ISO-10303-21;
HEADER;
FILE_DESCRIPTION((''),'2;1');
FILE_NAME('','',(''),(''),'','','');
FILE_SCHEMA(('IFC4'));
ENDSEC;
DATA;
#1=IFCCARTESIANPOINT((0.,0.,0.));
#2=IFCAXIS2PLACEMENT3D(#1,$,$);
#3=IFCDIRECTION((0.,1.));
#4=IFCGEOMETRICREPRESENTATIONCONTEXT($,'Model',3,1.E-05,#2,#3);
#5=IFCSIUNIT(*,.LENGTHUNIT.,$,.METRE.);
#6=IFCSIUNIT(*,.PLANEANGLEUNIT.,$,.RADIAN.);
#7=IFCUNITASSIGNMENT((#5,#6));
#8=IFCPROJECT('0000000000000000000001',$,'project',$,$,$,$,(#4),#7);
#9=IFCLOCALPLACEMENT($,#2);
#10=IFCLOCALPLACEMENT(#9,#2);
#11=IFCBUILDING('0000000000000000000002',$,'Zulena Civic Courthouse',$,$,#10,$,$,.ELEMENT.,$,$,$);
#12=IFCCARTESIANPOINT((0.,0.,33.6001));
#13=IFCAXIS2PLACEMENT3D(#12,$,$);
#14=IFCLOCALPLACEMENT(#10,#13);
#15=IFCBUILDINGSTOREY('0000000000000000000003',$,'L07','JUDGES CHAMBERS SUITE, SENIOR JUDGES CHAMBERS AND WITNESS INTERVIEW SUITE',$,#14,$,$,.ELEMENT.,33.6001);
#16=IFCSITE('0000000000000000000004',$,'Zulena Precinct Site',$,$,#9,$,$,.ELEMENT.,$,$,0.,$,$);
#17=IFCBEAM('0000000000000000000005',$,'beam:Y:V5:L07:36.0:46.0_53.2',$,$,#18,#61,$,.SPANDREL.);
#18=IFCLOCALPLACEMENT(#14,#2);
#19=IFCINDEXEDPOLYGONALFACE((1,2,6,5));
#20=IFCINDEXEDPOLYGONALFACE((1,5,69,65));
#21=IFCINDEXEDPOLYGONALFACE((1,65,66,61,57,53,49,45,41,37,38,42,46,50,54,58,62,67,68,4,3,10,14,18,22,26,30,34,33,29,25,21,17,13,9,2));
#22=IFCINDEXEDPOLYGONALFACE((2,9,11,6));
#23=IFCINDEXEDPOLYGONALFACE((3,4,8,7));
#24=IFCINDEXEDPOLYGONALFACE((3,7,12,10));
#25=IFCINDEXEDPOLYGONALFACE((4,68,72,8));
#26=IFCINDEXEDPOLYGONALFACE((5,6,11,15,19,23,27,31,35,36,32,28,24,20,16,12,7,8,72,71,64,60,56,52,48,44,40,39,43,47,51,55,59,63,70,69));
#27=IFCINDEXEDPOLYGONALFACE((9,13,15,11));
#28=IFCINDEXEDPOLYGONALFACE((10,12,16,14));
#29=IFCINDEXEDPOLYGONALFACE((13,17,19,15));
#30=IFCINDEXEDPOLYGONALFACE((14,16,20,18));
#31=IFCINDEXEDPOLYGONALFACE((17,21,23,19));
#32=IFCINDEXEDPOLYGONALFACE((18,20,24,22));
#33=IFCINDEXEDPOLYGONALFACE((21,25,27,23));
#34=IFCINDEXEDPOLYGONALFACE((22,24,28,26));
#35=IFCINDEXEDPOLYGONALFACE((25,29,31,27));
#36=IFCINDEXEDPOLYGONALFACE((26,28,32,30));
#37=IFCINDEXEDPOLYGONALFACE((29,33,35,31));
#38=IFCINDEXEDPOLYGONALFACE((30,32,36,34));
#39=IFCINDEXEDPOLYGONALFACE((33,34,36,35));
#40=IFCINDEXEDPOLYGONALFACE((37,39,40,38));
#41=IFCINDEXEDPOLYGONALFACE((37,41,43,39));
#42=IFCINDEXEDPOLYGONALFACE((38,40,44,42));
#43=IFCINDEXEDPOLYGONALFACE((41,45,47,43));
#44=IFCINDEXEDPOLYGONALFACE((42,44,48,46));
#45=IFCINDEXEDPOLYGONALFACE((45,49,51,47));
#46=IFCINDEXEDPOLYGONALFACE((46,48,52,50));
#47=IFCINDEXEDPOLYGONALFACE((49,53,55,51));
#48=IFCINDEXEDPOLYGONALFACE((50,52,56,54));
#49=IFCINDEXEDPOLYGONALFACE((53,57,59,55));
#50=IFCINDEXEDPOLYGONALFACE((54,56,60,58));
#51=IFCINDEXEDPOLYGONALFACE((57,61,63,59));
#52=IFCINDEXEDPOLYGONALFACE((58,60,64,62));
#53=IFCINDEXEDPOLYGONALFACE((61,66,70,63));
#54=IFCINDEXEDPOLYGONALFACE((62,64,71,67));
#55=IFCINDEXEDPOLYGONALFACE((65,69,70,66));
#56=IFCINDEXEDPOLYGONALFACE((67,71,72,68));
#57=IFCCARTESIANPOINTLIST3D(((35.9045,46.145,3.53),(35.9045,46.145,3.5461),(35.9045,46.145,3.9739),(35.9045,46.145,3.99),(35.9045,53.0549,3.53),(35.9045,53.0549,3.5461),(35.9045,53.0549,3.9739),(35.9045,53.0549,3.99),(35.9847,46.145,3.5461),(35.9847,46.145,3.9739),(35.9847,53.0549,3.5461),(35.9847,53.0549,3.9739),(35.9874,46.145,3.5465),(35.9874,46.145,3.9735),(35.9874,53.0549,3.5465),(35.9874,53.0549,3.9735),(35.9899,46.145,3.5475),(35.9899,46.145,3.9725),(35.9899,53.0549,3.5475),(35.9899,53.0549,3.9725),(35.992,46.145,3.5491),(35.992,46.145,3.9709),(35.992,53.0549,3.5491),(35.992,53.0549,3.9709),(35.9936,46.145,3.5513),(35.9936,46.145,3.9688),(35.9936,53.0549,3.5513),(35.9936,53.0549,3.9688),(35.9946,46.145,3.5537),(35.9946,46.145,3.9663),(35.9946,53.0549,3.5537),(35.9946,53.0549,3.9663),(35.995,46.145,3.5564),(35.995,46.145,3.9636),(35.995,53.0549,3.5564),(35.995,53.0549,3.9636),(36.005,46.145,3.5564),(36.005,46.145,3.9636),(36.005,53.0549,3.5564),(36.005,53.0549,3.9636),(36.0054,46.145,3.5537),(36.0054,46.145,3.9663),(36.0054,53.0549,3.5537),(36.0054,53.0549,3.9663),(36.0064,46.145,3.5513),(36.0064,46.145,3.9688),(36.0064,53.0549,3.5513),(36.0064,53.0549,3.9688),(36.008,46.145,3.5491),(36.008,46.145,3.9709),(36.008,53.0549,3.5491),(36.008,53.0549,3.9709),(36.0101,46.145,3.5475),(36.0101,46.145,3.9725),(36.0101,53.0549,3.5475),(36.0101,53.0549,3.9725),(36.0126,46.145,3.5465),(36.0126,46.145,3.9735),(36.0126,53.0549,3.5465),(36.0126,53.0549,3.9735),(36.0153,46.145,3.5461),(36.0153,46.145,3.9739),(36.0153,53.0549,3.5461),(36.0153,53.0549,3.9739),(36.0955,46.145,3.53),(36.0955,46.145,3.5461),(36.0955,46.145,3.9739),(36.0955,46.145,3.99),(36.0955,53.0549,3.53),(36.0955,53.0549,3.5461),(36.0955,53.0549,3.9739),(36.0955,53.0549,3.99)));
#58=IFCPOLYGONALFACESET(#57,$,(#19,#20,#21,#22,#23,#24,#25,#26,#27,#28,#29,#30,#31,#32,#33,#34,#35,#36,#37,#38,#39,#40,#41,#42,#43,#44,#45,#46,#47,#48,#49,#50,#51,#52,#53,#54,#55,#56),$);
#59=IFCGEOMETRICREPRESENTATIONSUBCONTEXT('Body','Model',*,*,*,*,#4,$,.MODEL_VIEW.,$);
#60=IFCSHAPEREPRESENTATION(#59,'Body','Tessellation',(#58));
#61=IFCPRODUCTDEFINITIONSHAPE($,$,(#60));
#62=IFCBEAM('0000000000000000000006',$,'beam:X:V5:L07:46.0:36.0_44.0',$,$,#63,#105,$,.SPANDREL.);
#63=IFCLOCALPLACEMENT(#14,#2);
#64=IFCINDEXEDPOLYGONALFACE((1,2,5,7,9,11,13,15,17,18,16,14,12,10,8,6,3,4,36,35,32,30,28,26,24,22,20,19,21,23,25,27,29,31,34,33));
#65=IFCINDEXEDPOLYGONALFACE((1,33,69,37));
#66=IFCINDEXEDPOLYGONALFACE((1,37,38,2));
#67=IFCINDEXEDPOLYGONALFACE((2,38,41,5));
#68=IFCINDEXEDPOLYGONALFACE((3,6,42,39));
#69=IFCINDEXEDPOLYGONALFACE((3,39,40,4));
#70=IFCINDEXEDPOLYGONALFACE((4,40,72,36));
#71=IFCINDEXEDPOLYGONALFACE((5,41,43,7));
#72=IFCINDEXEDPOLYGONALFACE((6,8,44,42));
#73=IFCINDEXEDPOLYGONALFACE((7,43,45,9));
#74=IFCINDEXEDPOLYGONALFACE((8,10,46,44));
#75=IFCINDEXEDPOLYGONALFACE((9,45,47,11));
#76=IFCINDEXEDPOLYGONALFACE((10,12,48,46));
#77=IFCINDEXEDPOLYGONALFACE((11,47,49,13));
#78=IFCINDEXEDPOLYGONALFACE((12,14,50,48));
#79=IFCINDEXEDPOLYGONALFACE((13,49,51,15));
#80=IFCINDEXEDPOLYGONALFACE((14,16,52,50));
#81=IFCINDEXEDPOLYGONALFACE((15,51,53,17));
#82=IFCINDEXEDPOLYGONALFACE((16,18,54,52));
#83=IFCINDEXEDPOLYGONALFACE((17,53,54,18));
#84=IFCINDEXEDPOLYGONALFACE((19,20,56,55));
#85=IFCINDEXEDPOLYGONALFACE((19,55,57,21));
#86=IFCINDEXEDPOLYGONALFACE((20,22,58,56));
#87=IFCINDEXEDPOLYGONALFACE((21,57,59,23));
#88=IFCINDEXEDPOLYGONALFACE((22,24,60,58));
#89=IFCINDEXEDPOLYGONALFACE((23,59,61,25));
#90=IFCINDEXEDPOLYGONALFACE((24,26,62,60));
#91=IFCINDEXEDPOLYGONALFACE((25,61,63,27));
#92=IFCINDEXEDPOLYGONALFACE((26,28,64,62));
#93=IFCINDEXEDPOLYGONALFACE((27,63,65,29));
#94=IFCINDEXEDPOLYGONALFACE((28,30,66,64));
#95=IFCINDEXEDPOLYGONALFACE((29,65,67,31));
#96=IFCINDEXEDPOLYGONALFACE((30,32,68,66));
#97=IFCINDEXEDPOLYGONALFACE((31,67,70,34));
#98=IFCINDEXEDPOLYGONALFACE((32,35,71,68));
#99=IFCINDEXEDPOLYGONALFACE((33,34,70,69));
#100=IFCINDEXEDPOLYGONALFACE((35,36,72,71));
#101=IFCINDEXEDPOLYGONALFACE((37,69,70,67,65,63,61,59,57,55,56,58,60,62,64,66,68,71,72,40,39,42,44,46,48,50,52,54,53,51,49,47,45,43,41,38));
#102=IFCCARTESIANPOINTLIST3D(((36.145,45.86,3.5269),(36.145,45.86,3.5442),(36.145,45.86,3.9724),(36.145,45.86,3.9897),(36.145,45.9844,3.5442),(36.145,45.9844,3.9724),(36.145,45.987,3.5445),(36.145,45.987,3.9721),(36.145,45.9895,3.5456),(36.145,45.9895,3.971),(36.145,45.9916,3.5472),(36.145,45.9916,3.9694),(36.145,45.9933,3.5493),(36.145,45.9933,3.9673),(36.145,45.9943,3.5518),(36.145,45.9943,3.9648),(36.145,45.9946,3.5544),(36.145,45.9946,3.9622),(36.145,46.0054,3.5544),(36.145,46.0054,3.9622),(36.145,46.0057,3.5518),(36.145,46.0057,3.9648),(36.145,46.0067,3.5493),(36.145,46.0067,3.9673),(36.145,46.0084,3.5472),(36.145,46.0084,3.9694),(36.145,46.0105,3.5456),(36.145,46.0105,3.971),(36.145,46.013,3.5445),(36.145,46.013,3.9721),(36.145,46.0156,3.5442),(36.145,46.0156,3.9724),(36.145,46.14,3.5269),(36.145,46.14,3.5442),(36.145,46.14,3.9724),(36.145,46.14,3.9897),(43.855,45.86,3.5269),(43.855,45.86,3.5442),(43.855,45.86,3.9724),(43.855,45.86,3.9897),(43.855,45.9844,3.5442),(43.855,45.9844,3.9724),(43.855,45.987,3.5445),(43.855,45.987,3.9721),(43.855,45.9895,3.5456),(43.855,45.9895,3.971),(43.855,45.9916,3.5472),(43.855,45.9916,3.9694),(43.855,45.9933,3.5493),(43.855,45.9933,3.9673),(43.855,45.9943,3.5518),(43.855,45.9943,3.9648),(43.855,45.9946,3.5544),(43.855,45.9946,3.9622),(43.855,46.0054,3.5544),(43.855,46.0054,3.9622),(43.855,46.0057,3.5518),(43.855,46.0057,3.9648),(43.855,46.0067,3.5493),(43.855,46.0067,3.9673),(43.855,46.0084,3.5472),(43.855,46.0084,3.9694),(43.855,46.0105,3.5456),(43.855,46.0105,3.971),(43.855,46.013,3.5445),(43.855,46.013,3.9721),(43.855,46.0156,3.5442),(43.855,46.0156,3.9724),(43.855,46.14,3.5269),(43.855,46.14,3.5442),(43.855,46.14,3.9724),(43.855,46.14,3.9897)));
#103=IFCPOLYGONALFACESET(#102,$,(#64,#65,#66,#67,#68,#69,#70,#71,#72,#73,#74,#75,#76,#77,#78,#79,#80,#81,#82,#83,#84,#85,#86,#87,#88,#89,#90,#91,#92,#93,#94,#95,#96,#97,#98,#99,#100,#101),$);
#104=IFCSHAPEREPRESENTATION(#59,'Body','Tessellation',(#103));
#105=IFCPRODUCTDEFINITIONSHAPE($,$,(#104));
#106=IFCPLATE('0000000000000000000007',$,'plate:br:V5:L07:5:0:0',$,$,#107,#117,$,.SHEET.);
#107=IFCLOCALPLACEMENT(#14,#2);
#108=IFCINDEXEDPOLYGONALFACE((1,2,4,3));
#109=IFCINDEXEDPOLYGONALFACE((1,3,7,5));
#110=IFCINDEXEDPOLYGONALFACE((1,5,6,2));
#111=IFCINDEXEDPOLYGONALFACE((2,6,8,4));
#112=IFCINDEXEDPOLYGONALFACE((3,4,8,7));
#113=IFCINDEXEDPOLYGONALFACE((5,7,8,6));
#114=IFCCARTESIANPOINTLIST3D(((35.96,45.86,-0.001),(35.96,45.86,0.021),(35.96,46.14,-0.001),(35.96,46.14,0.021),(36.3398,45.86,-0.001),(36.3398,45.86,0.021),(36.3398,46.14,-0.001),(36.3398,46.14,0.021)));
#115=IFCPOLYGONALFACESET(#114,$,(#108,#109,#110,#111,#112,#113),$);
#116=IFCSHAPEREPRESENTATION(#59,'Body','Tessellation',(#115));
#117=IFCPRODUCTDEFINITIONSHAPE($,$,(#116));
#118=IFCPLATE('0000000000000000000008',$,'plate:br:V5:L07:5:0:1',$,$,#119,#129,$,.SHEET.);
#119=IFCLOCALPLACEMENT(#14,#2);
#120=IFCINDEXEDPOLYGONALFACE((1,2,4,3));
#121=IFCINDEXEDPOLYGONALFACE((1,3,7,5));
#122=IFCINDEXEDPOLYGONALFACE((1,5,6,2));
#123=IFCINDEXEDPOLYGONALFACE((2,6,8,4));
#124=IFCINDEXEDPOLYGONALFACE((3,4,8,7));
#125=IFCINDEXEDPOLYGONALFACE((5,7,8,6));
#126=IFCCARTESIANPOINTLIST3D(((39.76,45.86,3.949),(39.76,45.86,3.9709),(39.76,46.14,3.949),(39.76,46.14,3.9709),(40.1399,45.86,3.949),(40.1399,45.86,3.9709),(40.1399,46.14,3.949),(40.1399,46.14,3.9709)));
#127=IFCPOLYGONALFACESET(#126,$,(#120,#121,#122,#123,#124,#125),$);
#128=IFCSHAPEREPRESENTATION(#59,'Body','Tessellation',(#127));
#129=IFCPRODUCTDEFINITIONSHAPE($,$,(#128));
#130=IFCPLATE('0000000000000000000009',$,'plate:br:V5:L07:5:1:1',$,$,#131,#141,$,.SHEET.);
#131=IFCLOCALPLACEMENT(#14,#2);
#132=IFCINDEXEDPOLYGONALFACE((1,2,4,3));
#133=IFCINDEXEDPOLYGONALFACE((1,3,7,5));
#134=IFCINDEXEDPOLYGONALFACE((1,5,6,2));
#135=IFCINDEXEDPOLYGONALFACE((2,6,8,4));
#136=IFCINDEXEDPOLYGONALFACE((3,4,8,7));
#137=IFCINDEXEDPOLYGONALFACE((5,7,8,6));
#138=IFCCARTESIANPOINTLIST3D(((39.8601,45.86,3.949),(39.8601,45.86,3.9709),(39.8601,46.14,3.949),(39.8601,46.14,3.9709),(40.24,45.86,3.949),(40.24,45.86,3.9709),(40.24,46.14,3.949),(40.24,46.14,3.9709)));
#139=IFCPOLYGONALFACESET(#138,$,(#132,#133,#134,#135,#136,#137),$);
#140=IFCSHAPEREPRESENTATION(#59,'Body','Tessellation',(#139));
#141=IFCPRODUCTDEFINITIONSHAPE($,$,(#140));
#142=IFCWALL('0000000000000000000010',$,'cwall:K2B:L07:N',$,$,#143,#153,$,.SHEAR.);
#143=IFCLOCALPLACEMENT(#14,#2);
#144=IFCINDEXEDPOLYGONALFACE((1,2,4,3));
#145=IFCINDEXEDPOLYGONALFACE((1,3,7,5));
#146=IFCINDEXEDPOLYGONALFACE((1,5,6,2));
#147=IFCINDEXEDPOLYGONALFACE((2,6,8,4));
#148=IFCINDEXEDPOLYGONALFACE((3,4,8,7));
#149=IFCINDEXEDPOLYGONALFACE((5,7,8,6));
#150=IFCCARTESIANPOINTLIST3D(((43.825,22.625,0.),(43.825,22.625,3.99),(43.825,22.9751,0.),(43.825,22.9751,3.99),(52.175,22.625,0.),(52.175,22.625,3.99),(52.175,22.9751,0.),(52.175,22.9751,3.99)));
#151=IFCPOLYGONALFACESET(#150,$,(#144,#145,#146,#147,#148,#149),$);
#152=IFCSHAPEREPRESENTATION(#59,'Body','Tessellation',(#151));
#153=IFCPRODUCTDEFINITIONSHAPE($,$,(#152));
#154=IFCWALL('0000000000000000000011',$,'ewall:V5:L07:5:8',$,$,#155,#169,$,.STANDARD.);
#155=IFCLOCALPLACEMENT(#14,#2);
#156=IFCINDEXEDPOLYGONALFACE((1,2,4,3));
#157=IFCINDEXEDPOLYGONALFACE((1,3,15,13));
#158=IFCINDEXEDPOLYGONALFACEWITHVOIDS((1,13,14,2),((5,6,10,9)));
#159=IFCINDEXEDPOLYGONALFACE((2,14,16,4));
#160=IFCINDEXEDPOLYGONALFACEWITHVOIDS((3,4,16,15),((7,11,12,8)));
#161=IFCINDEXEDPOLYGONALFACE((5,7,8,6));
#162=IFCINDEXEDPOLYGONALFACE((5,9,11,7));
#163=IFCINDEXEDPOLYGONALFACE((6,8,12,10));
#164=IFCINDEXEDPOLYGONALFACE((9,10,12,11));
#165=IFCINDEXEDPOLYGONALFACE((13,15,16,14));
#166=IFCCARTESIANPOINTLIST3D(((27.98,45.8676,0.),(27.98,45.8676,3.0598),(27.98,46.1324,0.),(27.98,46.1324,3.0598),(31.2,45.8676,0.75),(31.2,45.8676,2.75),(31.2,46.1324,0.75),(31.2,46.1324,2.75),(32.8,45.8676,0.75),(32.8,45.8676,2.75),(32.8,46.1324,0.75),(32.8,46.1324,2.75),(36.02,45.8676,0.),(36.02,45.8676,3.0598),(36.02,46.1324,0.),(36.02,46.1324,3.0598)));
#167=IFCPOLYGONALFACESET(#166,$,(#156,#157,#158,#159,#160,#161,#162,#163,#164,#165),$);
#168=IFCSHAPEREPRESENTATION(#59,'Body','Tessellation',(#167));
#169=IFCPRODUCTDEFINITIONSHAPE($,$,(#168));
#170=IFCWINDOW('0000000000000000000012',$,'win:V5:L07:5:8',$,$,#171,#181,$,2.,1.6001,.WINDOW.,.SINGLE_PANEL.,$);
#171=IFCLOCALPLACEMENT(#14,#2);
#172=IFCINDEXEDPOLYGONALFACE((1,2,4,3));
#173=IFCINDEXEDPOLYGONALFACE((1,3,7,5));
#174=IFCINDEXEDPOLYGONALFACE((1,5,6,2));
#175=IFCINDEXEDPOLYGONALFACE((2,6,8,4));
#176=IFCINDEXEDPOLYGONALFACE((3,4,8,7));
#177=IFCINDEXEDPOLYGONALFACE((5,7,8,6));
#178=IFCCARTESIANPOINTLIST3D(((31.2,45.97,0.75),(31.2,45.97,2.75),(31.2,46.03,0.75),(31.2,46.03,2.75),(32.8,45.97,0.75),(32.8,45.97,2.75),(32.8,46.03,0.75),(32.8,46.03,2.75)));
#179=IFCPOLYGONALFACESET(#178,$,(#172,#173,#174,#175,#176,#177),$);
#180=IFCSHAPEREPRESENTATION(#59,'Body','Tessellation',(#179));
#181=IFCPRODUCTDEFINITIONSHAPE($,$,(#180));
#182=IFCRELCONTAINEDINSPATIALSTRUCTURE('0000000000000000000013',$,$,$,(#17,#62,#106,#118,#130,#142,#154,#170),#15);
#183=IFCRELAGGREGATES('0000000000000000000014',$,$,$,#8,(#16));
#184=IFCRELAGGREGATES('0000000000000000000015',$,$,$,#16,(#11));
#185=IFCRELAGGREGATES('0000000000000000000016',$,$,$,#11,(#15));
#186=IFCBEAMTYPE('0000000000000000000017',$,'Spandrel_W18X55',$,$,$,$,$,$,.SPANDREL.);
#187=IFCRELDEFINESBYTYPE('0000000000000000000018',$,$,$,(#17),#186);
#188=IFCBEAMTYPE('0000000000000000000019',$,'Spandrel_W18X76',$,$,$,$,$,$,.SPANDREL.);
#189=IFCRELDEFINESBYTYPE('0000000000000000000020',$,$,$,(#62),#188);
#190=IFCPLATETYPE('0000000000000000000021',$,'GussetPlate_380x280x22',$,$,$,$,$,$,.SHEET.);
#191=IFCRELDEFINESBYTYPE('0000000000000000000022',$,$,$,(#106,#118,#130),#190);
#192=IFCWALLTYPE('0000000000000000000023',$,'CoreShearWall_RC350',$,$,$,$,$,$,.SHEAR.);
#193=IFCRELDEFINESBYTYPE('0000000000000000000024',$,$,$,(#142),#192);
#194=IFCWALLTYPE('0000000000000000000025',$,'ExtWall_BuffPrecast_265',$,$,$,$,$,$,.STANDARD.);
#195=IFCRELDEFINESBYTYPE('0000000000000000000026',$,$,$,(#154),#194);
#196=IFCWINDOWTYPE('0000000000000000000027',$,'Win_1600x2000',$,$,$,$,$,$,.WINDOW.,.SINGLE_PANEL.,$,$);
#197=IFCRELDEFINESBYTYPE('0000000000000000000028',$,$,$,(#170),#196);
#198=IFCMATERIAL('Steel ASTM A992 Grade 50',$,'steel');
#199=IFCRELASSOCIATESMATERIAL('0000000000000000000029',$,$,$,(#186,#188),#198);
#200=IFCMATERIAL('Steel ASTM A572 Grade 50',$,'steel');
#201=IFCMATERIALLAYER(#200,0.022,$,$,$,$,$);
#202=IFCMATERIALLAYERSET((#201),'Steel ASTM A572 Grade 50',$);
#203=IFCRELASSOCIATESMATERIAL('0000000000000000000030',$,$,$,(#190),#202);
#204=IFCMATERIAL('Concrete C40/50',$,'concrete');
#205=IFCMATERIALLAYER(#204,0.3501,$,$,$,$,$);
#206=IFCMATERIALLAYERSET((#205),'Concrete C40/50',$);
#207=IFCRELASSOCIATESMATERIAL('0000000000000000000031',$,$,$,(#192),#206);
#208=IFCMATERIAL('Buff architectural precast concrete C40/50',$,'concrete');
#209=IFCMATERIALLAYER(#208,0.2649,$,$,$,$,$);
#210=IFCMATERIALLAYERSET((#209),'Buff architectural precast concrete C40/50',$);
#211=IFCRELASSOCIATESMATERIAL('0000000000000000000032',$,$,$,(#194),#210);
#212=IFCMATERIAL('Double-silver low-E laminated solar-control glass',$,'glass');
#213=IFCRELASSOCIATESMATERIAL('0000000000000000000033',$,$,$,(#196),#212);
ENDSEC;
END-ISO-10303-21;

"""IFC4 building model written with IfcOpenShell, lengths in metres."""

from ifc_helpers import new_model, si_unit, direction, frame, frame_2d, origin, origin_2d, place, context, subcontext, project, spatial, rectangle, i_section, extrude, material, layer, layer_set, material_profile, profile_set, type_object, element, fill, save


model = new_model("IFC4")

# Units and contexts
model_context = context("Model", 3, precision=1e-05, world=origin(), true_north=direction((0.0, 1.0)))
body_context = subcontext(model_context, "Body", "Model", "MODEL_VIEW")
ifc_project = project(units=[si_unit("LENGTHUNIT", "METRE"), si_unit("PLANEANGLEUNIT", "RADIAN")], contexts=[model_context])

# Site, building, storey
site_placement = place(None, origin())
site = spatial("IfcSite", under=ifc_project, at=site_placement, Name="Zulena Precinct Site", CompositionType="ELEMENT", RefElevation=0.0)
building_placement = place(site_placement, origin())
building = spatial("IfcBuilding", under=site, at=building_placement, Name="Zulena Civic Courthouse", CompositionType="ELEMENT")
storey_placement = place(building_placement, frame((0.0, 0.0, 33.6001)))
storey = spatial("IfcBuildingStorey", under=building, at=storey_placement, Name="L07", Description="JUDGES CHAMBERS SUITE, SENIOR JUDGES CHAMBERS AND WITNESS INTERVIEW SUITE", CompositionType="ELEMENT", Elevation=33.6001)

# Shared definitions
ifc_material_1 = material(Name="Steel ASTM A992 Grade 50", Category="steel")

# Beams
ifc_material_profile_1 = material_profile(ifc_material_1, i_section(OverallWidth=0.1909, OverallDepth=0.46, WebThickness=0.01, FlangeThickness=0.0161, FilletRadius=0.0103, at=origin_2d()), Name="W18X55")
ifc_profile_set_1 = profile_set([ifc_material_profile_1], Name="Steel ASTM A992 Grade 50")
beam_type_1 = type_object("IfcBeamType", Name="Spandrel_W18X55", PredefinedType="SPANDREL", material=ifc_profile_set_1)
beam_1_placement = place(storey_placement, frame((36.0, 46.145, 3.76), z_axis=(0.0, 1.0, 0.0), x_axis=(-1.0, 0.0, 0.0)))
element("IfcBeam", 1, at=beam_1_placement, inside=storey, type_object=beam_type_1, Name="beam:Y:V5:L07:36.0:46.0_53.2", PredefinedType="SPANDREL", context=body_context, shape_type="SweptSolid", body=[
    extrude(i_section(OverallWidth=0.1909, OverallDepth=0.46, WebThickness=0.01, FlangeThickness=0.0161, FilletRadius=0.0103, at=origin_2d()), origin(), (0.0, 0.0, 1.0), 6.9099),
])
ifc_material_profile_2 = material_profile(ifc_material_1, i_section(OverallWidth=0.28, OverallDepth=0.4629, WebThickness=0.0107, FlangeThickness=0.0173, FilletRadius=0.0103, at=origin_2d()), Name="W18X76")
ifc_profile_set_2 = profile_set([ifc_material_profile_2], Name="Steel ASTM A992 Grade 50")
beam_type_2 = type_object("IfcBeamType", Name="Spandrel_W18X76", PredefinedType="SPANDREL", material=ifc_profile_set_2)
beam_2_placement = place(storey_placement, frame((36.145, 46.0, 3.7583), z_axis=(1.0, 0.0, 0.0), x_axis=(0.0, 1.0, 0.0)))
element("IfcBeam", 2, at=beam_2_placement, inside=storey, type_object=beam_type_2, Name="beam:X:V5:L07:46.0:36.0_44.0", PredefinedType="SPANDREL", context=body_context, shape_type="SweptSolid", body=[
    extrude(i_section(OverallWidth=0.28, OverallDepth=0.4629, WebThickness=0.0107, FlangeThickness=0.0173, FilletRadius=0.0103, at=origin_2d()), origin(), (0.0, 0.0, 1.0), 7.71),
])

# Plates
ifc_material_2 = material(Name="Steel ASTM A572 Grade 50", Category="steel")
ifc_layer_1 = layer(ifc_material_2, 0.022)
ifc_layer_set_1 = layer_set([ifc_layer_1], Name="Steel ASTM A572 Grade 50")
plate_type = type_object("IfcPlateType", Name="GussetPlate_380x280x22", PredefinedType="SHEET", material=ifc_layer_set_1)
for number, where, z_axis, x_axis, name in (
    (3, (36.1499, 46.0, -0.001), (0.0, 0.0, 1.0), (1.0, 0.0, 0.0), "plate:br:V5:L07:5:0:0"),
    (4, (39.95, 46.0, 3.949), (0.0, 0.0, 1.0), (1.0, 0.0, 0.0), "plate:br:V5:L07:5:0:1"),
    (5, (40.05, 46.0, 3.949), (0.0, 0.0, 1.0), (1.0, 0.0, 0.0), "plate:br:V5:L07:5:1:1"),
):
    element("IfcPlate", number, at=place(storey_placement, frame(where, z_axis=z_axis, x_axis=x_axis)), inside=storey, type_object=plate_type, Name=name, PredefinedType="SHEET", context=body_context, shape_type="SweptSolid", body=[
        extrude(rectangle(XDim=0.3799, YDim=0.28, at=origin_2d()), origin(), (0.0, 0.0, 1.0), 0.022),
    ])

# Wall
ifc_material_3 = material(Name="Concrete C40/50", Category="concrete")
ifc_layer_2 = layer(ifc_material_3, 0.3501)
ifc_layer_set_2 = layer_set([ifc_layer_2], Name="Concrete C40/50")
wall_type_1 = type_object("IfcWallType", Name="CoreShearWall_RC350", PredefinedType="SHEAR", material=ifc_layer_set_2)
wall_1_placement = place(storey_placement, frame((43.825, 22.8, 0.0), z_axis=(0.0, 0.0, 1.0), x_axis=(1.0, 0.0, 0.0)))
element("IfcWall", 6, at=wall_1_placement, inside=storey, type_object=wall_type_1, Name="cwall:K2B:L07:N", PredefinedType="SHEAR", context=body_context, shape_type="SweptSolid", body=[
    extrude(rectangle(XDim=8.3501, YDim=0.3501, at=frame_2d((4.175, 0.0))), origin(), (0.0, 0.0, 1.0), 3.99),
])

# Wall, opening, window
ifc_material_4 = material(Name="Buff architectural precast concrete C40/50", Category="concrete")
ifc_layer_3 = layer(ifc_material_4, 0.2649)
ifc_layer_set_3 = layer_set([ifc_layer_3], Name="Buff architectural precast concrete C40/50")
wall_type_2 = type_object("IfcWallType", Name="ExtWall_BuffPrecast_265", PredefinedType="STANDARD", material=ifc_layer_set_3)
wall_2_placement = place(storey_placement, frame((36.02, 46.0, 0.0), z_axis=(0.0, 0.0, 1.0), x_axis=(-1.0, 0.0, 0.0)))
wall_2 = element("IfcWall", 7, at=wall_2_placement, inside=storey, type_object=wall_type_2, Name="ewall:V5:L07:5:8", PredefinedType="STANDARD", context=body_context, shape_type="SweptSolid", body=[
    extrude(rectangle(XDim=8.04, YDim=0.2649, at=frame_2d((4.02, 0.0))), origin(), (0.0, 0.0, 1.0), 3.0598),
])
opening_placement = place(wall_2_placement, frame((3.22, 0.0, 0.75)))
opening = element("IfcOpeningElement", 8, at=opening_placement, cuts=wall_2, PredefinedType="OPENING", context=body_context, shape_type="SweptSolid", body=[
    extrude(rectangle(XDim=1.6001, YDim=2.0, at=frame_2d((0.8, 1.0))), frame((0.0, 0.1423, 0.0), z_axis=(0.0, -1.0, 0.0), x_axis=(1.0, 0.0, 0.0)), (0.0, 0.0, 1.0), 0.2849),
])
ifc_material_5 = material(Name="Double-silver low-E laminated solar-control glass", Category="glass")
window_type = type_object("IfcWindowType", Name="Win_1600x2000", PartitioningType="SINGLE_PANEL", PredefinedType="WINDOW", material=ifc_material_5)
window_placement = place(opening_placement, origin())
window = element("IfcWindow", 9, at=window_placement, inside=storey, type_object=window_type, Name="win:V5:L07:5:8", OverallHeight=2.0, OverallWidth=1.6001, PartitioningType="SINGLE_PANEL", PredefinedType="WINDOW", context=body_context, shape_type="SweptSolid", body=[
    extrude(rectangle(XDim=1.6001, YDim=2.0, at=frame_2d((0.8, 1.0))), frame((0.0, 0.03, 0.0), z_axis=(0.0, -1.0, 0.0), x_axis=(1.0, 0.0, 0.0)), (0.0, 0.0, 1.0), 0.0601),
])
fill(opening, window)

save(model, "model.ifc")
